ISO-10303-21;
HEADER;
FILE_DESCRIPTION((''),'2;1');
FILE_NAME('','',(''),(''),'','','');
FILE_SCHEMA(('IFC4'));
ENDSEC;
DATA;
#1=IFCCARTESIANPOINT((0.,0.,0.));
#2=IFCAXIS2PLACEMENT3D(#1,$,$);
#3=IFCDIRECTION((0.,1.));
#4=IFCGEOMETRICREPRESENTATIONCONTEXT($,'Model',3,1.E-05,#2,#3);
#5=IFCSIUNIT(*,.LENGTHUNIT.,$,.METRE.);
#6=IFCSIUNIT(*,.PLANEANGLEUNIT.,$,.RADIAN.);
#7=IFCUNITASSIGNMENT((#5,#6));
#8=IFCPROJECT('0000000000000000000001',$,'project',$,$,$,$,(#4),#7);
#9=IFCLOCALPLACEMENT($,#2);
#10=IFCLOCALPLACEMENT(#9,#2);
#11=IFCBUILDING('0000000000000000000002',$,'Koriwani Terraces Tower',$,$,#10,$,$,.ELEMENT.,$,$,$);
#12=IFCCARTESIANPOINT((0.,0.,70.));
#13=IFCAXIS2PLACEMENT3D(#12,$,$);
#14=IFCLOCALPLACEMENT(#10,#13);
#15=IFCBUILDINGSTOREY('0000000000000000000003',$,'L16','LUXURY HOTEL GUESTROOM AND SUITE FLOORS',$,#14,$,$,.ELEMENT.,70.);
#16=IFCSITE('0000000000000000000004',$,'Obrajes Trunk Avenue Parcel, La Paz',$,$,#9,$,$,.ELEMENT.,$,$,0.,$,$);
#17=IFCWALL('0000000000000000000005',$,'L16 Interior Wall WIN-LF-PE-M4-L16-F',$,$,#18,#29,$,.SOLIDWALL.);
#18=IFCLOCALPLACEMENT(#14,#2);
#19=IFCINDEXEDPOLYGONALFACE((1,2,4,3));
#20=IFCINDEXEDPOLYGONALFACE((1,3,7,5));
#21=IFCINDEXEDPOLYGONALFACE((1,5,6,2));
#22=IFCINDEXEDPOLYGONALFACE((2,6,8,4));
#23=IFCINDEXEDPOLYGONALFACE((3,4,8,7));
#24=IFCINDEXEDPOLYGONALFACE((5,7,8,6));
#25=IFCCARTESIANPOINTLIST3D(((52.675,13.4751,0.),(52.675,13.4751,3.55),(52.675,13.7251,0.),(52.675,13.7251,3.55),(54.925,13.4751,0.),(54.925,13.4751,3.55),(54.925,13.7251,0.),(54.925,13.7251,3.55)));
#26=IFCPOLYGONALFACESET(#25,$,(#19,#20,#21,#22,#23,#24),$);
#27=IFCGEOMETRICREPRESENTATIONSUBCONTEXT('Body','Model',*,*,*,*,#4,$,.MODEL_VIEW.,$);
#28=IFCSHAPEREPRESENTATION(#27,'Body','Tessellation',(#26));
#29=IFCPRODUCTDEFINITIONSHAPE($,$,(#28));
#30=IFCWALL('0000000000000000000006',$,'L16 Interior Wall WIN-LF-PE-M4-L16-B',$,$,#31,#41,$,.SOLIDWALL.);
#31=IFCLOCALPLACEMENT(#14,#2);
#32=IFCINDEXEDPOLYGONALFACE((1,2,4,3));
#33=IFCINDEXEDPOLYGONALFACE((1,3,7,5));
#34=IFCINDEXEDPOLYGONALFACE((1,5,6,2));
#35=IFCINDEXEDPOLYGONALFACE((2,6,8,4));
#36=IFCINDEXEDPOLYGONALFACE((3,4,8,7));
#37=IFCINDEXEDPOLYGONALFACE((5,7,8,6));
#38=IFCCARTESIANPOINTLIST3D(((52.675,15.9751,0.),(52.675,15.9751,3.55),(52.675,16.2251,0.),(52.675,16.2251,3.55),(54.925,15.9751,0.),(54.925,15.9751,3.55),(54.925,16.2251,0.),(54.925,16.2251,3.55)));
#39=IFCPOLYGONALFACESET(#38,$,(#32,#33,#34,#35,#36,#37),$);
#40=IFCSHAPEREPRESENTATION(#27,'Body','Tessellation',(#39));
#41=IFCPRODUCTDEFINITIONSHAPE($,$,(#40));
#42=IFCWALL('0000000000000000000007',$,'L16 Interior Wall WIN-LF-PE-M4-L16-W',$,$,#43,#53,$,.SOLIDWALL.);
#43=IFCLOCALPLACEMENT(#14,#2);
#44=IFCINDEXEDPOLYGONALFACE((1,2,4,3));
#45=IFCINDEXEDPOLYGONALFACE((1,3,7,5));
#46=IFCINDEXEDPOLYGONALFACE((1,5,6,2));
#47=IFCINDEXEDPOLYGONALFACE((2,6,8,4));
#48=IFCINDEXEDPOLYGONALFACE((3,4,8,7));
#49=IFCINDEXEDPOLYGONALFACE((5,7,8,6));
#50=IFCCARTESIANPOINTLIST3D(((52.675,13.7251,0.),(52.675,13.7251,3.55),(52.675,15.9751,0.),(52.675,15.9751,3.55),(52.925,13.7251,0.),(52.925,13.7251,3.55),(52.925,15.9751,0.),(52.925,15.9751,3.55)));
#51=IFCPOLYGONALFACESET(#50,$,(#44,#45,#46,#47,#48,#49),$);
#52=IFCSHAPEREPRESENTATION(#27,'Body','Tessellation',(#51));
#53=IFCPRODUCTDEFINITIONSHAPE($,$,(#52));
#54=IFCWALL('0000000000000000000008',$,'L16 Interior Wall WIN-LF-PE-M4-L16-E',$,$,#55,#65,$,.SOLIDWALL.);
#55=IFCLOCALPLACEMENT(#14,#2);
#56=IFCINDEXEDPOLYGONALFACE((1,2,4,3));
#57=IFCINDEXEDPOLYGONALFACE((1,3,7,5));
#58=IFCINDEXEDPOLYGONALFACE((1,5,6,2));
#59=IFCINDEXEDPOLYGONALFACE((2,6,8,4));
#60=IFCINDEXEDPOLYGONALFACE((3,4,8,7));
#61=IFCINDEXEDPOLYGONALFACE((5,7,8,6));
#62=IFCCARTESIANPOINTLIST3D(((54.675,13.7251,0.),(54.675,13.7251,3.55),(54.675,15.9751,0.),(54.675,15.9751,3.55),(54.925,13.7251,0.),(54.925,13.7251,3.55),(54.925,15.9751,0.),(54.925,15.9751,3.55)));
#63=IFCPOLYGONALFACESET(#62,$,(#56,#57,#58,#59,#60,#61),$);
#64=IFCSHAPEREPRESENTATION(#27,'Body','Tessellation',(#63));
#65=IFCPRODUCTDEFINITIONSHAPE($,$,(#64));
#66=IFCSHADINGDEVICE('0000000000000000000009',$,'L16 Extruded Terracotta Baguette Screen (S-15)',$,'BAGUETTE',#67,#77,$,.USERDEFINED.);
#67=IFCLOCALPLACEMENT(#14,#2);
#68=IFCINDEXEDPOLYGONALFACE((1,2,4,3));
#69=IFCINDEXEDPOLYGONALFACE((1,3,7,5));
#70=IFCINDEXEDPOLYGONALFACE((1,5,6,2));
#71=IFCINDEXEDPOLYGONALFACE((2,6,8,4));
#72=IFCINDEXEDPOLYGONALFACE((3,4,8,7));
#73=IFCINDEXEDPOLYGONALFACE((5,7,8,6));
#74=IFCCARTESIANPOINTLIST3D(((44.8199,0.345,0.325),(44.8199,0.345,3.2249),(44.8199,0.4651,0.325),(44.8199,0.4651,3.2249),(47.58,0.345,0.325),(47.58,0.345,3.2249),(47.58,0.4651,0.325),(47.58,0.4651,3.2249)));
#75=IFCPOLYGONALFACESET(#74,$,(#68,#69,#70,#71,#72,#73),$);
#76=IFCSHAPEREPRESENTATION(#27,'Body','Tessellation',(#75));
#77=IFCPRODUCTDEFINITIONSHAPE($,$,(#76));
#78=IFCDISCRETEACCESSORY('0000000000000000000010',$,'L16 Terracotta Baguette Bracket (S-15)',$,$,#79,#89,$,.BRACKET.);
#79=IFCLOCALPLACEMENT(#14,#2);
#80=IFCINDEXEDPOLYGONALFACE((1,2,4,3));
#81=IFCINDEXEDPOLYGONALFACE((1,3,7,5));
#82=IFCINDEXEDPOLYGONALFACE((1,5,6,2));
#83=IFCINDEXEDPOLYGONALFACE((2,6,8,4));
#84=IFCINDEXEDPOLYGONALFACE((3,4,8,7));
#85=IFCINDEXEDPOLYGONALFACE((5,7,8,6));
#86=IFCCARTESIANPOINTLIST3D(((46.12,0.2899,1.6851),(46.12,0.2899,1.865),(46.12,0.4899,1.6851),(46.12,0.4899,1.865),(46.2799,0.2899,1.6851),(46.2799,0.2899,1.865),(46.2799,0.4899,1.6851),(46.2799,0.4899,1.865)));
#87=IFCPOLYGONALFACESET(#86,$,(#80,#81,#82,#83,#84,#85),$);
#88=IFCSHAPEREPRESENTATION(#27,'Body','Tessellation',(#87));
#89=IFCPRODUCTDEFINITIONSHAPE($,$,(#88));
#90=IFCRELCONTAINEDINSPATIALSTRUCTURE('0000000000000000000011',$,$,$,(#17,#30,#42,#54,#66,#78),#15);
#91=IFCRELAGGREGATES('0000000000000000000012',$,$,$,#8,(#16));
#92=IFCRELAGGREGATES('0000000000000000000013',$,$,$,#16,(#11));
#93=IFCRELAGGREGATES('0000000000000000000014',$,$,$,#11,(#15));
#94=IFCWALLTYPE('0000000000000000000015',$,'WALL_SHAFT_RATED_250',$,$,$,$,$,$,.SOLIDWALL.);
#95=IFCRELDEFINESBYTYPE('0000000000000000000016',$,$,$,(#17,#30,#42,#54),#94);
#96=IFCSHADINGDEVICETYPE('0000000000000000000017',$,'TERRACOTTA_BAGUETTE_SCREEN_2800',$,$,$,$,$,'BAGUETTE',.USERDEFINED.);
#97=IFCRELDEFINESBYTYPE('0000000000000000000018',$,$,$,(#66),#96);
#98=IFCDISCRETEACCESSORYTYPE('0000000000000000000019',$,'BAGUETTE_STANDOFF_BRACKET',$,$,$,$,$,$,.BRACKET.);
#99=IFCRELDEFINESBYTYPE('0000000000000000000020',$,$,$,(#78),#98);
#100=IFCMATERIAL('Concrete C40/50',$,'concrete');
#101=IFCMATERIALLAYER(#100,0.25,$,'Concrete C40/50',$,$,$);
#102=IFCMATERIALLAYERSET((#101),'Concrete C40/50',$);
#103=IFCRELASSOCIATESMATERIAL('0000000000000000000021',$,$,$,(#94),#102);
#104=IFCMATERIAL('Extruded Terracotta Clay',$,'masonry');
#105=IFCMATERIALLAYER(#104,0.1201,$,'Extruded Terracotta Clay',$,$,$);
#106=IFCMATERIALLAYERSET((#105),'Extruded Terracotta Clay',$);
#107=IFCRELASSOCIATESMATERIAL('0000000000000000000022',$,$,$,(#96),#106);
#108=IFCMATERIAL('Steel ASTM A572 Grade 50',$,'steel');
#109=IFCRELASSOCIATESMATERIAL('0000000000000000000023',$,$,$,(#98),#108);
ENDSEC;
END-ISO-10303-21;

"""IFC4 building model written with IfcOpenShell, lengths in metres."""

from ifc_helpers import new_model, si_unit, direction, frame, frame_2d, origin, origin_2d, place, context, subcontext, project, spatial, rectangle, extrude, material, layer, layer_set, type_object, element, save


model = new_model("IFC4")

# Units and contexts
model_context = context("Model", 3, precision=1e-05, world=origin(), true_north=direction((0.0, 1.0)))
body_context = subcontext(model_context, "Body", "Model", "MODEL_VIEW")
ifc_project = project(units=[si_unit("LENGTHUNIT", "METRE"), si_unit("PLANEANGLEUNIT", "RADIAN")], contexts=[model_context])

# Site, building, storey
site_placement = place(None, origin())
site = spatial("IfcSite", under=ifc_project, at=site_placement, Name="Obrajes Trunk Avenue Parcel, La Paz", CompositionType="ELEMENT", RefElevation=0.0)
building_placement = place(site_placement, origin())
building = spatial("IfcBuilding", under=site, at=building_placement, Name="Koriwani Terraces Tower", CompositionType="ELEMENT")
storey_placement = place(building_placement, frame((0.0, 0.0, 70.0)))
storey = spatial("IfcBuildingStorey", under=building, at=storey_placement, Name="L16", Description="LUXURY HOTEL GUESTROOM AND SUITE FLOORS", CompositionType="ELEMENT", Elevation=70.0)

# Shared definitions
ifc_material_1 = material(Name="Concrete C40/50", Category="concrete")
ifc_material_2 = material(Name="Steel ASTM A572 Grade 50", Category="steel")

# Walls
ifc_layer_1 = layer(ifc_material_1, 0.25, Name="Concrete C40/50")
ifc_layer_set_1 = layer_set([ifc_layer_1], Name="Concrete C40/50")
wall_type_1 = type_object("IfcWallType", Name="WALL_SHAFT_RATED_250", PredefinedType="SOLIDWALL", material=ifc_layer_set_1)
for number, where, z_axis, x_axis, name in (
    (1, (52.675, 13.6001, 0.0), (0.0, 0.0, 1.0), (1.0, 0.0, 0.0), "L16 Interior Wall WIN-LF-PE-M4-L16-F"),
    (2, (52.675, 16.1001, 0.0), (0.0, 0.0, 1.0), (1.0, 0.0, 0.0), "L16 Interior Wall WIN-LF-PE-M4-L16-B"),
    (3, (52.8, 13.7251, 0.0), (0.0, 0.0, 1.0), (0.0, 1.0, 0.0), "L16 Interior Wall WIN-LF-PE-M4-L16-W"),
    (4, (54.8, 13.7251, 0.0), (0.0, 0.0, 1.0), (0.0, 1.0, 0.0), "L16 Interior Wall WIN-LF-PE-M4-L16-E"),
):
    element("IfcWall", number, at=place(storey_placement, frame(where, z_axis=z_axis, x_axis=x_axis)), inside=storey, type_object=wall_type_1, Name=name, PredefinedType="SOLIDWALL", context=body_context, shape_type="SweptSolid", body=[
        extrude(rectangle(XDim=2.25, YDim=0.25, at=frame_2d((1.125, 0.0))), origin(), (0.0, 0.0, 1.0), 3.55),
    ])

# Shading device
ifc_material_3 = material(Name="Extruded Terracotta Clay", Category="masonry")
ifc_layer_2 = layer(ifc_material_3, 0.1201, Name="Extruded Terracotta Clay")
ifc_layer_set_2 = layer_set([ifc_layer_2], Name="Extruded Terracotta Clay")
shading_device_type = type_object("IfcShadingDeviceType", Name="TERRACOTTA_BAGUETTE_SCREEN_2800", ElementType="BAGUETTE", PredefinedType="USERDEFINED", material=ifc_layer_set_2)
shading_device_placement = place(storey_placement, frame((46.2, 0.405, 0.325), z_axis=(0.0, 0.0, 1.0), x_axis=(-1.0, 0.0, 0.0)))
element("IfcShadingDevice", 5, at=shading_device_placement, inside=storey, type_object=shading_device_type, Name="L16 Extruded Terracotta Baguette Screen (S-15)", ObjectType="BAGUETTE", PredefinedType="USERDEFINED", context=body_context, shape_type="SweptSolid", body=[
    extrude(rectangle(XDim=2.76, YDim=0.1201, at=origin_2d()), origin(), (0.0, 0.0, 1.0), 2.8999),
])

# Discrete accessory
discrete_accessory_type = type_object("IfcDiscreteAccessoryType", Name="BAGUETTE_STANDOFF_BRACKET", PredefinedType="BRACKET", material=ifc_material_2)
discrete_accessory_placement = place(storey_placement, frame((46.2, 0.3899, 1.6851), z_axis=(0.0, 0.0, 1.0), x_axis=(-1.0, 0.0, 0.0)))
element("IfcDiscreteAccessory", 6, at=discrete_accessory_placement, inside=storey, type_object=discrete_accessory_type, Name="L16 Terracotta Baguette Bracket (S-15)", PredefinedType="BRACKET", context=body_context, shape_type="SweptSolid", body=[
    extrude(rectangle(XDim=0.1599, YDim=0.2, at=origin_2d()), origin(), (0.0, 0.0, 1.0), 0.1799),
])

save(model, "model.ifc")
